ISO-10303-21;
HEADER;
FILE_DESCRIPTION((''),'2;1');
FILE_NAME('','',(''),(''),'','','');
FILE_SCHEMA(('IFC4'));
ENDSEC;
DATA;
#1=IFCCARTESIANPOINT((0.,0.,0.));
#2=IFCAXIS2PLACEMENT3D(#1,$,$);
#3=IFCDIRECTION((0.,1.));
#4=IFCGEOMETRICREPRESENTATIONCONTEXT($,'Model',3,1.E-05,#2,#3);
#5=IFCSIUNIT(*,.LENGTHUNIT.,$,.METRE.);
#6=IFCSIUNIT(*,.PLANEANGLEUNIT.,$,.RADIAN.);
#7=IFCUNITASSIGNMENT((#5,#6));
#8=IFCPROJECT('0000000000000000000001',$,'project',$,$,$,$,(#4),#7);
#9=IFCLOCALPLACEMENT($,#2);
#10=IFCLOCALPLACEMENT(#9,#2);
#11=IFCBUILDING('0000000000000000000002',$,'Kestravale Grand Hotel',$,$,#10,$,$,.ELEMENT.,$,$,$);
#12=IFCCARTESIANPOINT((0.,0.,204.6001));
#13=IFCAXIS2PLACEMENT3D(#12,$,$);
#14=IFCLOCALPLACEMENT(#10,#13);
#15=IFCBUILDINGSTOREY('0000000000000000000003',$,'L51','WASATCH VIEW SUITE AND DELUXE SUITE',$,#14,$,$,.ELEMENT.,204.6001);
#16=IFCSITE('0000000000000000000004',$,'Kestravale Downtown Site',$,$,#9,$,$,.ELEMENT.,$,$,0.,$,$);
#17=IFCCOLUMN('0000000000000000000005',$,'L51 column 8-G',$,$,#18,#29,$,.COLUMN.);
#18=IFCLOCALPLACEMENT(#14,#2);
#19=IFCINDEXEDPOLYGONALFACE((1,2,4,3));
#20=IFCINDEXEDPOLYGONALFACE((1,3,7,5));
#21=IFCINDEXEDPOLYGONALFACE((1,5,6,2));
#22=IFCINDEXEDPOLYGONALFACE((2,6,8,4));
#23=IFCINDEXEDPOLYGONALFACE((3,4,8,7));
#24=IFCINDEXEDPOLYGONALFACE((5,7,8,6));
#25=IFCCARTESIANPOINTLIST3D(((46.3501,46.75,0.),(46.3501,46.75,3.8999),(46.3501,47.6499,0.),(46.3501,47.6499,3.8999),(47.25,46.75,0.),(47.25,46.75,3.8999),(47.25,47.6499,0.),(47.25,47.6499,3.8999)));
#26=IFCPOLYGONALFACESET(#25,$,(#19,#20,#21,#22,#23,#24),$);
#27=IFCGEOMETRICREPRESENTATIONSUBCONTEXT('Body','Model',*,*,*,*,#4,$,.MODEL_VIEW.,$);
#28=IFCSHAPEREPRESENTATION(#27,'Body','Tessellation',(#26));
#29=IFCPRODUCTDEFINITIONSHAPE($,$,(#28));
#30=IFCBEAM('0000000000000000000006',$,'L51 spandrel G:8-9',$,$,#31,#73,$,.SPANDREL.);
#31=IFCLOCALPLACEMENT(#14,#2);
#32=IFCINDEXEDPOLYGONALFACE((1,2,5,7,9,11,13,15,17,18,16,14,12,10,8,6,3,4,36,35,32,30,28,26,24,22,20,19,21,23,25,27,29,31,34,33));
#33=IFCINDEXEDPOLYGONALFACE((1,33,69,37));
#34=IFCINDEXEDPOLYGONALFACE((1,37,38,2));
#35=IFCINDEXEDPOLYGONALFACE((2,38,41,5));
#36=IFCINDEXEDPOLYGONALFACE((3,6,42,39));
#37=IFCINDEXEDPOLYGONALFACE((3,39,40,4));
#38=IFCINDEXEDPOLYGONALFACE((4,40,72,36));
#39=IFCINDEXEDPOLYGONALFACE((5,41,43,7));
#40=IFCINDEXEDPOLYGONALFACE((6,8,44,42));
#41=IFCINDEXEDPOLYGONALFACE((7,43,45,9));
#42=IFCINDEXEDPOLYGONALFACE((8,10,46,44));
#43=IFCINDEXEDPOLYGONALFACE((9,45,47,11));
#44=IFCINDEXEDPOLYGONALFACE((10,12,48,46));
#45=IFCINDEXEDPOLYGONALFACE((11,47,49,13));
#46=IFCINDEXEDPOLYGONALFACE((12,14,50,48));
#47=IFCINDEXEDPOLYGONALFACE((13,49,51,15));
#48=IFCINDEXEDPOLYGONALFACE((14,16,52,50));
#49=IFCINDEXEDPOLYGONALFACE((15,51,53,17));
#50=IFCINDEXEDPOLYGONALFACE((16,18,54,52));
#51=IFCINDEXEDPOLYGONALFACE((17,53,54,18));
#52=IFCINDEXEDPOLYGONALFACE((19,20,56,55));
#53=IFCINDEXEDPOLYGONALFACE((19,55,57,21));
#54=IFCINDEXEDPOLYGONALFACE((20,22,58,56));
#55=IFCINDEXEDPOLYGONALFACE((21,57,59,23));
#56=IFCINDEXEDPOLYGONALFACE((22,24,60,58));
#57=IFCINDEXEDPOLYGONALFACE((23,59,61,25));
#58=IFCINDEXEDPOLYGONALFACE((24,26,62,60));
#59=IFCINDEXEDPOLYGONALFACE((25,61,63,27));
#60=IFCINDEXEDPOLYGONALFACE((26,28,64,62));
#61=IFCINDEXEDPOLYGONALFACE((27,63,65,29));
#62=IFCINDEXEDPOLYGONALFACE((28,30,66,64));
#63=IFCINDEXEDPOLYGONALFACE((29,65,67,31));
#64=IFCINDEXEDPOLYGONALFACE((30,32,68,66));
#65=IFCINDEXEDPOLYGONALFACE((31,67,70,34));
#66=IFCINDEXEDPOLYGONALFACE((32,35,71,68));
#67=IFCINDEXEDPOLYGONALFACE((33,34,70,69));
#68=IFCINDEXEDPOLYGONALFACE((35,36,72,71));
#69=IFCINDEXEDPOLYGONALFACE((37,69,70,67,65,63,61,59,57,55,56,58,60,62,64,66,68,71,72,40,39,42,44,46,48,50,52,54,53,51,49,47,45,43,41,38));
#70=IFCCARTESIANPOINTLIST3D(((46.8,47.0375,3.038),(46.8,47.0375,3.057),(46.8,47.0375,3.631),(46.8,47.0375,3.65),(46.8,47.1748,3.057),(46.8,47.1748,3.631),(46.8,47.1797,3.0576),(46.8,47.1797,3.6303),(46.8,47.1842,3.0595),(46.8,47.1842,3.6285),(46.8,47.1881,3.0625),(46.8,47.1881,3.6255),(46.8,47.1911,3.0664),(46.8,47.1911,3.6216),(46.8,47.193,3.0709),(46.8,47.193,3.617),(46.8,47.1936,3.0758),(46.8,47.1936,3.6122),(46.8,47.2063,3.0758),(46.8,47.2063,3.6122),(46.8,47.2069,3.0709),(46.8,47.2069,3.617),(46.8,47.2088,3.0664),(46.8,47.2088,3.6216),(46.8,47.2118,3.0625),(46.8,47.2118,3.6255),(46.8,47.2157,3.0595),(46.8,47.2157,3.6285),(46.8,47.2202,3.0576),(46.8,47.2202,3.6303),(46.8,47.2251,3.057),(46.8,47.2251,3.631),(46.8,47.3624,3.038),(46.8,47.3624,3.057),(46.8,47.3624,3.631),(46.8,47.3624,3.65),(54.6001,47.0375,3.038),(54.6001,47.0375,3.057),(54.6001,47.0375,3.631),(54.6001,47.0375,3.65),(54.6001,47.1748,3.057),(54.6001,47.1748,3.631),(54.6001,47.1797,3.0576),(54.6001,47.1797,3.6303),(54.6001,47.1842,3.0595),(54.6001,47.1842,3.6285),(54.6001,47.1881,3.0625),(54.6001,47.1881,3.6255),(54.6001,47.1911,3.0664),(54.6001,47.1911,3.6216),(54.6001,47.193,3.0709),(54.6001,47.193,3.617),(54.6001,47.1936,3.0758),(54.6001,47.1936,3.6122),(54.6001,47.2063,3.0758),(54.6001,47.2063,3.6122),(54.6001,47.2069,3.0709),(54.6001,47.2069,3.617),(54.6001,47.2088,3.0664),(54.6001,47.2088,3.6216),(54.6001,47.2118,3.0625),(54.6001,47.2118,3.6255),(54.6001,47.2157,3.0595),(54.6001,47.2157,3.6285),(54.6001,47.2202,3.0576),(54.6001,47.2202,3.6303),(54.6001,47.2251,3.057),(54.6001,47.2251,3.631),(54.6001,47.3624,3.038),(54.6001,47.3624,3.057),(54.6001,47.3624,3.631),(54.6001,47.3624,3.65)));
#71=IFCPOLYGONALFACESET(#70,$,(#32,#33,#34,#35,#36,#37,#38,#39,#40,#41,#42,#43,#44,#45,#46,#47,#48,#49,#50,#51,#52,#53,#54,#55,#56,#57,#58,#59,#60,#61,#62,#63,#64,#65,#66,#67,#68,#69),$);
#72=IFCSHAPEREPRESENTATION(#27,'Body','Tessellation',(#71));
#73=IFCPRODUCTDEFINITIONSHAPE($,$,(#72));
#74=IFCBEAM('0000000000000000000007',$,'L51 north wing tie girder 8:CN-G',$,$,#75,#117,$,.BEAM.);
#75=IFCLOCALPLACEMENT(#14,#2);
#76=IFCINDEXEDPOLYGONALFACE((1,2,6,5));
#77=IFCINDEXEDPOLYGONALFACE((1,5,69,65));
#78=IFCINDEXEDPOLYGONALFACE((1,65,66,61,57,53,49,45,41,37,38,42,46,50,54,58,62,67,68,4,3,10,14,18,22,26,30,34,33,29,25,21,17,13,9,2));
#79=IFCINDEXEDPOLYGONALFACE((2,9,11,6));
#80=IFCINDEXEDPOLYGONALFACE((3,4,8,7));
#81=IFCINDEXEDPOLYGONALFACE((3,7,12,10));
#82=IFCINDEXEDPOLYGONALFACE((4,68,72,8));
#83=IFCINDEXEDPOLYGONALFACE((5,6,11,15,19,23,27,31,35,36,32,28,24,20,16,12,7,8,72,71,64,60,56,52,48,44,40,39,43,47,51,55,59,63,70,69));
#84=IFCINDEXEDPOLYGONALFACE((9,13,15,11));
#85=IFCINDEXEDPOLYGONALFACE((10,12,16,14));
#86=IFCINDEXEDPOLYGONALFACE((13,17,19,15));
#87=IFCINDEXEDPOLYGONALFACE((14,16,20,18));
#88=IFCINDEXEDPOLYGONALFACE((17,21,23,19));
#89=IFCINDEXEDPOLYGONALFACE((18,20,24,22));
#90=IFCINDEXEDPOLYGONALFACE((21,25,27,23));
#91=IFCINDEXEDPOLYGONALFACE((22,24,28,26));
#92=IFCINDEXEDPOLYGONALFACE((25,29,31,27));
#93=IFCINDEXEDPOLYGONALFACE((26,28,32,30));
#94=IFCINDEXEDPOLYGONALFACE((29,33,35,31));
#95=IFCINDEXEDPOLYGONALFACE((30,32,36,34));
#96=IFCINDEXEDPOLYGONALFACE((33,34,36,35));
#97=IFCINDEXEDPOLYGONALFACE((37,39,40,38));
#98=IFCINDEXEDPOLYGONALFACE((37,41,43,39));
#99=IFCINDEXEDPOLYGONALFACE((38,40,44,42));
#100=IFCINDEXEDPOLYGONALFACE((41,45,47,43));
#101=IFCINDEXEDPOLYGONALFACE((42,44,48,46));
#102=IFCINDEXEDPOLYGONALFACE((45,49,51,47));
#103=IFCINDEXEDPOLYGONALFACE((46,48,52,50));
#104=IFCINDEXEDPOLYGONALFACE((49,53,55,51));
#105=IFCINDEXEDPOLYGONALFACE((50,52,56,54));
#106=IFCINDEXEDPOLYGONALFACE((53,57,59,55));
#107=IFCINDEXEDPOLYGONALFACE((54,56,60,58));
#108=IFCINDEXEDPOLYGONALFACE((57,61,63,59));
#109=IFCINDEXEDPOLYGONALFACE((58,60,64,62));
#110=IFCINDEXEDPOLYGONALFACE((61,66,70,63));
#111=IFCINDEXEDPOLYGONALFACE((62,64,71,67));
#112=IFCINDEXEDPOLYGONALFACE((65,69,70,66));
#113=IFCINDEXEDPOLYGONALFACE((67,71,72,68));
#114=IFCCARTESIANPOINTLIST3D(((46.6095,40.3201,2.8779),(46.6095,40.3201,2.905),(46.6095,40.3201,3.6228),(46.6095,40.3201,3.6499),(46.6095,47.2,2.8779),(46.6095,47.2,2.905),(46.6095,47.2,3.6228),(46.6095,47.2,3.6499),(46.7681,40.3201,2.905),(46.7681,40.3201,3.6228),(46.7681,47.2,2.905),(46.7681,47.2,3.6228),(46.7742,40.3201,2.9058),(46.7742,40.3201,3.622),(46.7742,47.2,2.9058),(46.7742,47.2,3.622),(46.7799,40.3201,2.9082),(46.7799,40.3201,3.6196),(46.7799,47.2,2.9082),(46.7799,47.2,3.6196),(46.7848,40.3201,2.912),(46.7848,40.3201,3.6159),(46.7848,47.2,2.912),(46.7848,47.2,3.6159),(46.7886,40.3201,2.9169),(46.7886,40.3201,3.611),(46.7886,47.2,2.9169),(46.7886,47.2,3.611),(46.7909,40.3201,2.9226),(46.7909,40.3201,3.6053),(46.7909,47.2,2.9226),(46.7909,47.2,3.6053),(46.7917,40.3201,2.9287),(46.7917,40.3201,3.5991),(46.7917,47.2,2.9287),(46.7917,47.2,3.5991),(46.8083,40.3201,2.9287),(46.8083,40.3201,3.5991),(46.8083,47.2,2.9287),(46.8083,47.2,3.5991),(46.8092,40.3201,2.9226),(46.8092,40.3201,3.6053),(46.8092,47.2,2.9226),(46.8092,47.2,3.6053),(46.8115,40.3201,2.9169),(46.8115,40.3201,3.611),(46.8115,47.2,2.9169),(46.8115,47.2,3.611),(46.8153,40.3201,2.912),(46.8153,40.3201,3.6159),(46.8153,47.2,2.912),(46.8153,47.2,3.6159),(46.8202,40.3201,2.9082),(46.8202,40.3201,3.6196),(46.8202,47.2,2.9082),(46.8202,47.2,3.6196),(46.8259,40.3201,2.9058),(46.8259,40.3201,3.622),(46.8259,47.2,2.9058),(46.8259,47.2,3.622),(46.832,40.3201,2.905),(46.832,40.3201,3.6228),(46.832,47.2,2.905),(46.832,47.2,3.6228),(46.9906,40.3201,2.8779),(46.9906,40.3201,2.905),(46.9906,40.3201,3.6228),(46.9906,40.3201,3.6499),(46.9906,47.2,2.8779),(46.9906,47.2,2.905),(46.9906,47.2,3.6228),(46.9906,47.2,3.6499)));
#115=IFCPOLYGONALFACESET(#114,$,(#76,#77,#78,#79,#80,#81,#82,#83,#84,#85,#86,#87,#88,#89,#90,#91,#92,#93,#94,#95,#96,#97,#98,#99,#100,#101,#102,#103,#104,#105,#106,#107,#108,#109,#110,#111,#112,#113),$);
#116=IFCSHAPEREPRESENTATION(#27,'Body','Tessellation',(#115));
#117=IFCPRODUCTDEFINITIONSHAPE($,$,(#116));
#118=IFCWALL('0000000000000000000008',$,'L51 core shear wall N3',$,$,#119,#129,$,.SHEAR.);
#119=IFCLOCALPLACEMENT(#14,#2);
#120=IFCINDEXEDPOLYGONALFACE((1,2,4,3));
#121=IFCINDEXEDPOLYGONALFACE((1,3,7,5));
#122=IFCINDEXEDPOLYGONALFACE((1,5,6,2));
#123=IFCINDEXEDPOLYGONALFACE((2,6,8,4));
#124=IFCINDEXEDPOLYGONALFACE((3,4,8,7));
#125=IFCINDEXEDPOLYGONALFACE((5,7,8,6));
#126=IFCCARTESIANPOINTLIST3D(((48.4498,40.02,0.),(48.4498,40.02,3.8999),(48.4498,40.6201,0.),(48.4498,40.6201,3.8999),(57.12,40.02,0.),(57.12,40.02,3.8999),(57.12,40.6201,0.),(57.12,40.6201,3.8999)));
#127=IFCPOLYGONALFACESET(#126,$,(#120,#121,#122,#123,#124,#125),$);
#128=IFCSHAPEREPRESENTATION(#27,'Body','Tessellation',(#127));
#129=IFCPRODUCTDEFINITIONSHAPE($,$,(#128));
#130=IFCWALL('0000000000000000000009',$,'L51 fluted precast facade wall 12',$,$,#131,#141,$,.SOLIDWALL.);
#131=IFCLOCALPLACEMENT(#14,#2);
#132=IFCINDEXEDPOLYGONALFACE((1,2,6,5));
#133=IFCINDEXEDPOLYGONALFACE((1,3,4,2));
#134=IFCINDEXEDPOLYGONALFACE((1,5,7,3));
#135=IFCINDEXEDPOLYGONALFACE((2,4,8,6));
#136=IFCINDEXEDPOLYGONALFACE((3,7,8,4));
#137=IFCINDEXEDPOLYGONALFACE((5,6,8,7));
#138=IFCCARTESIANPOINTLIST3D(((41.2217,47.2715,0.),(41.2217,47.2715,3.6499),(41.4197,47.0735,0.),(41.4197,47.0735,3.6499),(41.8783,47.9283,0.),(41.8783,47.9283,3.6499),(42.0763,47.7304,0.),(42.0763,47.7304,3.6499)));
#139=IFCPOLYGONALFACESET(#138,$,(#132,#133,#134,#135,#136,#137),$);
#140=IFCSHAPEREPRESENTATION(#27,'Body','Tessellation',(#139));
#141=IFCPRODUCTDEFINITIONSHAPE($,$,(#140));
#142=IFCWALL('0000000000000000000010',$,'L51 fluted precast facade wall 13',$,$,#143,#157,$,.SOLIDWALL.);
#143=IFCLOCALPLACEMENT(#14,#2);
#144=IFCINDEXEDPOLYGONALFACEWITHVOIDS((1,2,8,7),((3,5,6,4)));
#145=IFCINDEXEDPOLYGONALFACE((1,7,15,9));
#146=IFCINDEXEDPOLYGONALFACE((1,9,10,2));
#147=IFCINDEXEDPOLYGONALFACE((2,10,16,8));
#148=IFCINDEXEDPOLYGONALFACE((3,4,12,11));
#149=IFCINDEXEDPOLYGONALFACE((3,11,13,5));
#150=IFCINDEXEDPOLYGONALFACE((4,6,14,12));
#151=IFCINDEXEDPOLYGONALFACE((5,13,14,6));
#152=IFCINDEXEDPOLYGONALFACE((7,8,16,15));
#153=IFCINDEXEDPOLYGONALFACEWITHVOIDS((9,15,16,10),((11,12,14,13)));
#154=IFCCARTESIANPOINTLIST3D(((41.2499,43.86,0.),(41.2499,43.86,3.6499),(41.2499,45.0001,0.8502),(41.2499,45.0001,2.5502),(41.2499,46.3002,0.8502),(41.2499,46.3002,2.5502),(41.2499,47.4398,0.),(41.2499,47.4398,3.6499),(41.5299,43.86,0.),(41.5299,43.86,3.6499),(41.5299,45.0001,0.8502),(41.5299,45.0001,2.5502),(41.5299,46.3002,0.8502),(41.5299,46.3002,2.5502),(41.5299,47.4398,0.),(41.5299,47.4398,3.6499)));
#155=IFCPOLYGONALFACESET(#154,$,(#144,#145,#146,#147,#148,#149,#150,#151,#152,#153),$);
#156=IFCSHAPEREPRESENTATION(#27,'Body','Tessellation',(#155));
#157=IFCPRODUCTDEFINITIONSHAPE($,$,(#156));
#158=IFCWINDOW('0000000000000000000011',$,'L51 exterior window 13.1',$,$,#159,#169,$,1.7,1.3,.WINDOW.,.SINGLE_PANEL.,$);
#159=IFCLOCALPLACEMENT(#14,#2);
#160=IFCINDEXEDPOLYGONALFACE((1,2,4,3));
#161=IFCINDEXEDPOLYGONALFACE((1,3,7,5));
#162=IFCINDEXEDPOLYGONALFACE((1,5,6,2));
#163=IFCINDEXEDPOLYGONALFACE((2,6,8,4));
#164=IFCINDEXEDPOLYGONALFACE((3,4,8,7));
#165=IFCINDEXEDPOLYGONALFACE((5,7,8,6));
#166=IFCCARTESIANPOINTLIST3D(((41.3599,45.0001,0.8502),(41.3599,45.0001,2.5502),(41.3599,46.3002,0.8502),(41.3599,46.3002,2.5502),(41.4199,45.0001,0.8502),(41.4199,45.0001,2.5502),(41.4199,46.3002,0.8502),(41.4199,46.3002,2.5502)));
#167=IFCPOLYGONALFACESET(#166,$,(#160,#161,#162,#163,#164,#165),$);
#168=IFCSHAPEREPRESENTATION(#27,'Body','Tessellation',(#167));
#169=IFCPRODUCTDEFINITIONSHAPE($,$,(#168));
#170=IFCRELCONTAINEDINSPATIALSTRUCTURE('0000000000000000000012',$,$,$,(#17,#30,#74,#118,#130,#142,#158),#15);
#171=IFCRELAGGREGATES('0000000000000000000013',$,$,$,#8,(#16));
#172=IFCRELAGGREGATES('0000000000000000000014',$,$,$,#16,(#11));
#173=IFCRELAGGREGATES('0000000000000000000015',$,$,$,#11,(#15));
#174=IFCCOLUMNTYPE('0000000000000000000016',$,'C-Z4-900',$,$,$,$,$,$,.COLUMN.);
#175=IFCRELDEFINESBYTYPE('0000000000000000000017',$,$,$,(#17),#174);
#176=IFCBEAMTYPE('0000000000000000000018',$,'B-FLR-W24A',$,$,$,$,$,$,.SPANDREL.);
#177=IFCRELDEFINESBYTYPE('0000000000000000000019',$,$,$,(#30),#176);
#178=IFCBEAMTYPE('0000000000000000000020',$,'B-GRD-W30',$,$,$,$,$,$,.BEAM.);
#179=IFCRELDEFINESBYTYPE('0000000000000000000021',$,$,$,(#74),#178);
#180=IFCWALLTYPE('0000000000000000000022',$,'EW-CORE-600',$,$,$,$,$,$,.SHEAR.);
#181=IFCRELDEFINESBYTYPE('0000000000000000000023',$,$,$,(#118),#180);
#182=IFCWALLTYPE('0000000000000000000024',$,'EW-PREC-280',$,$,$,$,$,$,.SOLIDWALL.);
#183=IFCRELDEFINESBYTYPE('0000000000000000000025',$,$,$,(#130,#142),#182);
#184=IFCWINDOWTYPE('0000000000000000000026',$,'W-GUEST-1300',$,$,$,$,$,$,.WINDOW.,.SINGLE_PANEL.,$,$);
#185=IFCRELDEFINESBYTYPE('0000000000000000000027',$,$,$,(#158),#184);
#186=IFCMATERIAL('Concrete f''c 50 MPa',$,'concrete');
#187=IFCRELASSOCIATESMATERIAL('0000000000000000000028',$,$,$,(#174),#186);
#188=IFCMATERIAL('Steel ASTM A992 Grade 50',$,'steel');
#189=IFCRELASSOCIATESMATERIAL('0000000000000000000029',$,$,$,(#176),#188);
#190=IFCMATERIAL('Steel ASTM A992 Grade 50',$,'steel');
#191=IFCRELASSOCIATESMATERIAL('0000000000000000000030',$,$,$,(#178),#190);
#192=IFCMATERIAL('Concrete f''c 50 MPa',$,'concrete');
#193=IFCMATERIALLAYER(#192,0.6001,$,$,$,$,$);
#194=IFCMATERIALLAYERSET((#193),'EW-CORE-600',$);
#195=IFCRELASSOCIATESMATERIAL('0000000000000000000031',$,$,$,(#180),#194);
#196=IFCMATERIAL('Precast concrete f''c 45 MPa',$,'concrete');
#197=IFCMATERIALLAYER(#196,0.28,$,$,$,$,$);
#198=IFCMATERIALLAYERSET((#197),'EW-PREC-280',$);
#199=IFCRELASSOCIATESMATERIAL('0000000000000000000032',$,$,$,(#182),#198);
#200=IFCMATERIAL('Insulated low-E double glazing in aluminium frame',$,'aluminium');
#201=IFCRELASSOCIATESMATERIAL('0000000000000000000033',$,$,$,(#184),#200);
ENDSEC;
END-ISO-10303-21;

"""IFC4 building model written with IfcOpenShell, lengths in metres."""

from ifc_helpers import new_model, si_unit, direction, frame, frame_2d, origin, origin_2d, place, context, subcontext, project, spatial, rectangle, i_section, extrude, material, layer, layer_set, material_profile, profile_set, type_object, element, fill, save


model = new_model("IFC4")

# Units and contexts
model_context = context("Model", 3, precision=1e-05, world=origin(), true_north=direction((0.0, 1.0)))
body_context = subcontext(model_context, "Body", "Model", "MODEL_VIEW")
ifc_project = project(units=[si_unit("LENGTHUNIT", "METRE"), si_unit("PLANEANGLEUNIT", "RADIAN")], contexts=[model_context])

# Site, building, storey
site_placement = place(None, origin())
site = spatial("IfcSite", under=ifc_project, at=site_placement, Name="Kestravale Downtown Site", CompositionType="ELEMENT", RefElevation=0.0)
building_placement = place(site_placement, origin())
building = spatial("IfcBuilding", under=site, at=building_placement, Name="Kestravale Grand Hotel", CompositionType="ELEMENT")
storey_placement = place(building_placement, frame((0.0, 0.0, 204.6001)))
storey = spatial("IfcBuildingStorey", under=building, at=storey_placement, Name="L51", Description="WASATCH VIEW SUITE AND DELUXE SUITE", CompositionType="ELEMENT", Elevation=204.6001)

# Column
ifc_material_1 = material(Name="Concrete f'c 50 MPa", Category="concrete")
ifc_material_profile_1 = material_profile(ifc_material_1, rectangle(XDim=0.8999, YDim=0.8999, at=origin_2d()))
ifc_profile_set_1 = profile_set([ifc_material_profile_1], Name="Concrete f'c 50 MPa")
column_type = type_object("IfcColumnType", Name="C-Z4-900", PredefinedType="COLUMN", material=ifc_profile_set_1)
column_placement = place(storey_placement, frame((46.8, 47.2, 0.0), z_axis=(0.0, 0.0, 1.0), x_axis=(1.0, 0.0, 0.0)))
element("IfcColumn", 1, at=column_placement, inside=storey, type_object=column_type, Name="L51 column 8-G", PredefinedType="COLUMN", context=body_context, shape_type="SweptSolid", body=[
    extrude(rectangle(XDim=0.8999, YDim=0.8999, at=origin_2d()), origin(), (0.0, 0.0, 1.0), 3.8999),
])

# Beams
ifc_material_2 = material(Name="Steel ASTM A992 Grade 50", Category="steel")
ifc_material_profile_2 = material_profile(ifc_material_2, i_section(OverallWidth=0.325, OverallDepth=0.6121, WebThickness=0.0127, FlangeThickness=0.019, FilletRadius=0.0188, at=origin_2d()))
ifc_profile_set_2 = profile_set([ifc_material_profile_2], Name="Steel ASTM A992 Grade 50")
beam_type_1 = type_object("IfcBeamType", Name="B-FLR-W24A", PredefinedType="SPANDREL", material=ifc_profile_set_2)
beam_1_placement = place(storey_placement, frame((46.8, 47.2, 3.344), z_axis=(1.0, 0.0, 0.0), x_axis=(0.0, 1.0, 0.0)))
element("IfcBeam", 2, at=beam_1_placement, inside=storey, type_object=beam_type_1, Name="L51 spandrel G:8-9", PredefinedType="SPANDREL", context=body_context, shape_type="SweptSolid", body=[
    extrude(i_section(OverallWidth=0.325, OverallDepth=0.6121, WebThickness=0.0127, FlangeThickness=0.019, FilletRadius=0.0188, at=origin_2d()), origin(), (0.0, 0.0, 1.0), 7.8),
])
ifc_material_3 = material(Name="Steel ASTM A992 Grade 50", Category="steel")
ifc_material_profile_3 = material_profile(ifc_material_3, i_section(OverallWidth=0.3811, OverallDepth=0.772, WebThickness=0.0166, FlangeThickness=0.0271, FilletRadius=0.0237, at=origin_2d()))
ifc_profile_set_3 = profile_set([ifc_material_profile_3], Name="Steel ASTM A992 Grade 50")
beam_type_2 = type_object("IfcBeamType", Name="B-GRD-W30", PredefinedType="BEAM", material=ifc_profile_set_3)
beam_2_placement = place(storey_placement, frame((46.8, 40.3201, 3.2639), z_axis=(0.0, 1.0, 0.0), x_axis=(-1.0, 0.0, 0.0)))
element("IfcBeam", 3, at=beam_2_placement, inside=storey, type_object=beam_type_2, Name="L51 north wing tie girder 8:CN-G", PredefinedType="BEAM", context=body_context, shape_type="SweptSolid", body=[
    extrude(i_section(OverallWidth=0.3811, OverallDepth=0.772, WebThickness=0.0166, FlangeThickness=0.0271, FilletRadius=0.0237, at=origin_2d()), origin(), (0.0, 0.0, 1.0), 6.8799),
])

# Walls
ifc_material_4 = material(Name="Concrete f'c 50 MPa", Category="concrete")
ifc_layer_1 = layer(ifc_material_4, 0.6001)
ifc_layer_set_1 = layer_set([ifc_layer_1], Name="EW-CORE-600")
wall_type_1 = type_object("IfcWallType", Name="EW-CORE-600", PredefinedType="SHEAR", material=ifc_layer_set_1)
wall_1_placement = place(storey_placement, frame((48.45, 40.3201, 0.0), z_axis=(0.0, 0.0, 1.0), x_axis=(1.0, 0.0, 0.0)))
element("IfcWall", 4, at=wall_1_placement, inside=storey, type_object=wall_type_1, Name="L51 core shear wall N3", PredefinedType="SHEAR", context=body_context, shape_type="SweptSolid", body=[
    extrude(rectangle(XDim=8.6702, YDim=0.6001, at=frame_2d((4.335, 0.0))), origin(), (0.0, 0.0, 1.0), 3.8999),
])
ifc_material_5 = material(Name="Precast concrete f'c 45 MPa", Category="concrete")
ifc_layer_2 = layer(ifc_material_5, 0.28)
ifc_layer_set_2 = layer_set([ifc_layer_2], Name="EW-PREC-280")
wall_type_2 = type_object("IfcWallType", Name="EW-PREC-280", PredefinedType="SOLIDWALL", material=ifc_layer_set_2)
wall_2_placement = place(storey_placement, frame((41.9773, 47.8293, 0.0), z_axis=(0.0, 0.0, 1.0), x_axis=(-0.706975, -0.707238, 0.0)))
element("IfcWall", 5, at=wall_2_placement, inside=storey, type_object=wall_type_2, Name="L51 fluted precast facade wall 12", PredefinedType="SOLIDWALL", context=body_context, shape_type="SweptSolid", body=[
    extrude(rectangle(XDim=0.9287, YDim=0.28, at=frame_2d((0.4644, 0.0))), origin(), (0.0, 0.0, 1.0), 3.6499),
])

# Wall, opening, window
wall_3_placement = place(storey_placement, frame((41.3899, 47.4399, 0.0), z_axis=(0.0, 0.0, 1.0), x_axis=(0.0, -1.0, 0.0)))
wall_3 = element("IfcWall", 6, at=wall_3_placement, inside=storey, type_object=wall_type_2, Name="L51 fluted precast facade wall 13", PredefinedType="SOLIDWALL", context=body_context, shape_type="SweptSolid", body=[
    extrude(rectangle(XDim=3.5798, YDim=0.28, at=frame_2d((1.79, 0.0))), origin(), (0.0, 0.0, 1.0), 3.6499),
])
opening_1_placement = place(wall_3_placement, frame((1.1399, 0.0, 0.8501)))
opening_1 = element("IfcOpeningElement", 7, at=opening_1_placement, cuts=wall_3, PredefinedType="OPENING", context=body_context, shape_type="SweptSolid", body=[
    extrude(rectangle(XDim=1.3, YDim=1.7, at=frame_2d((0.6499, 0.8501))), frame((0.0, 0.1499, 0.0), z_axis=(0.0, -1.0, 0.0), x_axis=(1.0, 0.0, 0.0)), (0.0, 0.0, 1.0), 0.3),
])
ifc_material_6 = material(Name="Insulated low-E double glazing in aluminium frame", Category="aluminium")
window_type = type_object("IfcWindowType", Name="W-GUEST-1300", PartitioningType="SINGLE_PANEL", PredefinedType="WINDOW", material=ifc_material_6)
window_1_placement = place(opening_1_placement, origin())
window_1 = element("IfcWindow", 8, at=window_1_placement, inside=storey, type_object=window_type, Name="L51 exterior window 13.1", OverallHeight=1.7, OverallWidth=1.3, PartitioningType="SINGLE_PANEL", PredefinedType="WINDOW", context=body_context, shape_type="SweptSolid", body=[
    extrude(rectangle(XDim=1.3, YDim=1.7, at=frame_2d((0.6499, 0.8501))), frame((0.0, 0.03, 0.0), z_axis=(0.0, -1.0, 0.0), x_axis=(1.0, 0.0, 0.0)), (0.0, 0.0, 1.0), 0.0601),
])
fill(opening_1, window_1)

save(model, "model.ifc")
